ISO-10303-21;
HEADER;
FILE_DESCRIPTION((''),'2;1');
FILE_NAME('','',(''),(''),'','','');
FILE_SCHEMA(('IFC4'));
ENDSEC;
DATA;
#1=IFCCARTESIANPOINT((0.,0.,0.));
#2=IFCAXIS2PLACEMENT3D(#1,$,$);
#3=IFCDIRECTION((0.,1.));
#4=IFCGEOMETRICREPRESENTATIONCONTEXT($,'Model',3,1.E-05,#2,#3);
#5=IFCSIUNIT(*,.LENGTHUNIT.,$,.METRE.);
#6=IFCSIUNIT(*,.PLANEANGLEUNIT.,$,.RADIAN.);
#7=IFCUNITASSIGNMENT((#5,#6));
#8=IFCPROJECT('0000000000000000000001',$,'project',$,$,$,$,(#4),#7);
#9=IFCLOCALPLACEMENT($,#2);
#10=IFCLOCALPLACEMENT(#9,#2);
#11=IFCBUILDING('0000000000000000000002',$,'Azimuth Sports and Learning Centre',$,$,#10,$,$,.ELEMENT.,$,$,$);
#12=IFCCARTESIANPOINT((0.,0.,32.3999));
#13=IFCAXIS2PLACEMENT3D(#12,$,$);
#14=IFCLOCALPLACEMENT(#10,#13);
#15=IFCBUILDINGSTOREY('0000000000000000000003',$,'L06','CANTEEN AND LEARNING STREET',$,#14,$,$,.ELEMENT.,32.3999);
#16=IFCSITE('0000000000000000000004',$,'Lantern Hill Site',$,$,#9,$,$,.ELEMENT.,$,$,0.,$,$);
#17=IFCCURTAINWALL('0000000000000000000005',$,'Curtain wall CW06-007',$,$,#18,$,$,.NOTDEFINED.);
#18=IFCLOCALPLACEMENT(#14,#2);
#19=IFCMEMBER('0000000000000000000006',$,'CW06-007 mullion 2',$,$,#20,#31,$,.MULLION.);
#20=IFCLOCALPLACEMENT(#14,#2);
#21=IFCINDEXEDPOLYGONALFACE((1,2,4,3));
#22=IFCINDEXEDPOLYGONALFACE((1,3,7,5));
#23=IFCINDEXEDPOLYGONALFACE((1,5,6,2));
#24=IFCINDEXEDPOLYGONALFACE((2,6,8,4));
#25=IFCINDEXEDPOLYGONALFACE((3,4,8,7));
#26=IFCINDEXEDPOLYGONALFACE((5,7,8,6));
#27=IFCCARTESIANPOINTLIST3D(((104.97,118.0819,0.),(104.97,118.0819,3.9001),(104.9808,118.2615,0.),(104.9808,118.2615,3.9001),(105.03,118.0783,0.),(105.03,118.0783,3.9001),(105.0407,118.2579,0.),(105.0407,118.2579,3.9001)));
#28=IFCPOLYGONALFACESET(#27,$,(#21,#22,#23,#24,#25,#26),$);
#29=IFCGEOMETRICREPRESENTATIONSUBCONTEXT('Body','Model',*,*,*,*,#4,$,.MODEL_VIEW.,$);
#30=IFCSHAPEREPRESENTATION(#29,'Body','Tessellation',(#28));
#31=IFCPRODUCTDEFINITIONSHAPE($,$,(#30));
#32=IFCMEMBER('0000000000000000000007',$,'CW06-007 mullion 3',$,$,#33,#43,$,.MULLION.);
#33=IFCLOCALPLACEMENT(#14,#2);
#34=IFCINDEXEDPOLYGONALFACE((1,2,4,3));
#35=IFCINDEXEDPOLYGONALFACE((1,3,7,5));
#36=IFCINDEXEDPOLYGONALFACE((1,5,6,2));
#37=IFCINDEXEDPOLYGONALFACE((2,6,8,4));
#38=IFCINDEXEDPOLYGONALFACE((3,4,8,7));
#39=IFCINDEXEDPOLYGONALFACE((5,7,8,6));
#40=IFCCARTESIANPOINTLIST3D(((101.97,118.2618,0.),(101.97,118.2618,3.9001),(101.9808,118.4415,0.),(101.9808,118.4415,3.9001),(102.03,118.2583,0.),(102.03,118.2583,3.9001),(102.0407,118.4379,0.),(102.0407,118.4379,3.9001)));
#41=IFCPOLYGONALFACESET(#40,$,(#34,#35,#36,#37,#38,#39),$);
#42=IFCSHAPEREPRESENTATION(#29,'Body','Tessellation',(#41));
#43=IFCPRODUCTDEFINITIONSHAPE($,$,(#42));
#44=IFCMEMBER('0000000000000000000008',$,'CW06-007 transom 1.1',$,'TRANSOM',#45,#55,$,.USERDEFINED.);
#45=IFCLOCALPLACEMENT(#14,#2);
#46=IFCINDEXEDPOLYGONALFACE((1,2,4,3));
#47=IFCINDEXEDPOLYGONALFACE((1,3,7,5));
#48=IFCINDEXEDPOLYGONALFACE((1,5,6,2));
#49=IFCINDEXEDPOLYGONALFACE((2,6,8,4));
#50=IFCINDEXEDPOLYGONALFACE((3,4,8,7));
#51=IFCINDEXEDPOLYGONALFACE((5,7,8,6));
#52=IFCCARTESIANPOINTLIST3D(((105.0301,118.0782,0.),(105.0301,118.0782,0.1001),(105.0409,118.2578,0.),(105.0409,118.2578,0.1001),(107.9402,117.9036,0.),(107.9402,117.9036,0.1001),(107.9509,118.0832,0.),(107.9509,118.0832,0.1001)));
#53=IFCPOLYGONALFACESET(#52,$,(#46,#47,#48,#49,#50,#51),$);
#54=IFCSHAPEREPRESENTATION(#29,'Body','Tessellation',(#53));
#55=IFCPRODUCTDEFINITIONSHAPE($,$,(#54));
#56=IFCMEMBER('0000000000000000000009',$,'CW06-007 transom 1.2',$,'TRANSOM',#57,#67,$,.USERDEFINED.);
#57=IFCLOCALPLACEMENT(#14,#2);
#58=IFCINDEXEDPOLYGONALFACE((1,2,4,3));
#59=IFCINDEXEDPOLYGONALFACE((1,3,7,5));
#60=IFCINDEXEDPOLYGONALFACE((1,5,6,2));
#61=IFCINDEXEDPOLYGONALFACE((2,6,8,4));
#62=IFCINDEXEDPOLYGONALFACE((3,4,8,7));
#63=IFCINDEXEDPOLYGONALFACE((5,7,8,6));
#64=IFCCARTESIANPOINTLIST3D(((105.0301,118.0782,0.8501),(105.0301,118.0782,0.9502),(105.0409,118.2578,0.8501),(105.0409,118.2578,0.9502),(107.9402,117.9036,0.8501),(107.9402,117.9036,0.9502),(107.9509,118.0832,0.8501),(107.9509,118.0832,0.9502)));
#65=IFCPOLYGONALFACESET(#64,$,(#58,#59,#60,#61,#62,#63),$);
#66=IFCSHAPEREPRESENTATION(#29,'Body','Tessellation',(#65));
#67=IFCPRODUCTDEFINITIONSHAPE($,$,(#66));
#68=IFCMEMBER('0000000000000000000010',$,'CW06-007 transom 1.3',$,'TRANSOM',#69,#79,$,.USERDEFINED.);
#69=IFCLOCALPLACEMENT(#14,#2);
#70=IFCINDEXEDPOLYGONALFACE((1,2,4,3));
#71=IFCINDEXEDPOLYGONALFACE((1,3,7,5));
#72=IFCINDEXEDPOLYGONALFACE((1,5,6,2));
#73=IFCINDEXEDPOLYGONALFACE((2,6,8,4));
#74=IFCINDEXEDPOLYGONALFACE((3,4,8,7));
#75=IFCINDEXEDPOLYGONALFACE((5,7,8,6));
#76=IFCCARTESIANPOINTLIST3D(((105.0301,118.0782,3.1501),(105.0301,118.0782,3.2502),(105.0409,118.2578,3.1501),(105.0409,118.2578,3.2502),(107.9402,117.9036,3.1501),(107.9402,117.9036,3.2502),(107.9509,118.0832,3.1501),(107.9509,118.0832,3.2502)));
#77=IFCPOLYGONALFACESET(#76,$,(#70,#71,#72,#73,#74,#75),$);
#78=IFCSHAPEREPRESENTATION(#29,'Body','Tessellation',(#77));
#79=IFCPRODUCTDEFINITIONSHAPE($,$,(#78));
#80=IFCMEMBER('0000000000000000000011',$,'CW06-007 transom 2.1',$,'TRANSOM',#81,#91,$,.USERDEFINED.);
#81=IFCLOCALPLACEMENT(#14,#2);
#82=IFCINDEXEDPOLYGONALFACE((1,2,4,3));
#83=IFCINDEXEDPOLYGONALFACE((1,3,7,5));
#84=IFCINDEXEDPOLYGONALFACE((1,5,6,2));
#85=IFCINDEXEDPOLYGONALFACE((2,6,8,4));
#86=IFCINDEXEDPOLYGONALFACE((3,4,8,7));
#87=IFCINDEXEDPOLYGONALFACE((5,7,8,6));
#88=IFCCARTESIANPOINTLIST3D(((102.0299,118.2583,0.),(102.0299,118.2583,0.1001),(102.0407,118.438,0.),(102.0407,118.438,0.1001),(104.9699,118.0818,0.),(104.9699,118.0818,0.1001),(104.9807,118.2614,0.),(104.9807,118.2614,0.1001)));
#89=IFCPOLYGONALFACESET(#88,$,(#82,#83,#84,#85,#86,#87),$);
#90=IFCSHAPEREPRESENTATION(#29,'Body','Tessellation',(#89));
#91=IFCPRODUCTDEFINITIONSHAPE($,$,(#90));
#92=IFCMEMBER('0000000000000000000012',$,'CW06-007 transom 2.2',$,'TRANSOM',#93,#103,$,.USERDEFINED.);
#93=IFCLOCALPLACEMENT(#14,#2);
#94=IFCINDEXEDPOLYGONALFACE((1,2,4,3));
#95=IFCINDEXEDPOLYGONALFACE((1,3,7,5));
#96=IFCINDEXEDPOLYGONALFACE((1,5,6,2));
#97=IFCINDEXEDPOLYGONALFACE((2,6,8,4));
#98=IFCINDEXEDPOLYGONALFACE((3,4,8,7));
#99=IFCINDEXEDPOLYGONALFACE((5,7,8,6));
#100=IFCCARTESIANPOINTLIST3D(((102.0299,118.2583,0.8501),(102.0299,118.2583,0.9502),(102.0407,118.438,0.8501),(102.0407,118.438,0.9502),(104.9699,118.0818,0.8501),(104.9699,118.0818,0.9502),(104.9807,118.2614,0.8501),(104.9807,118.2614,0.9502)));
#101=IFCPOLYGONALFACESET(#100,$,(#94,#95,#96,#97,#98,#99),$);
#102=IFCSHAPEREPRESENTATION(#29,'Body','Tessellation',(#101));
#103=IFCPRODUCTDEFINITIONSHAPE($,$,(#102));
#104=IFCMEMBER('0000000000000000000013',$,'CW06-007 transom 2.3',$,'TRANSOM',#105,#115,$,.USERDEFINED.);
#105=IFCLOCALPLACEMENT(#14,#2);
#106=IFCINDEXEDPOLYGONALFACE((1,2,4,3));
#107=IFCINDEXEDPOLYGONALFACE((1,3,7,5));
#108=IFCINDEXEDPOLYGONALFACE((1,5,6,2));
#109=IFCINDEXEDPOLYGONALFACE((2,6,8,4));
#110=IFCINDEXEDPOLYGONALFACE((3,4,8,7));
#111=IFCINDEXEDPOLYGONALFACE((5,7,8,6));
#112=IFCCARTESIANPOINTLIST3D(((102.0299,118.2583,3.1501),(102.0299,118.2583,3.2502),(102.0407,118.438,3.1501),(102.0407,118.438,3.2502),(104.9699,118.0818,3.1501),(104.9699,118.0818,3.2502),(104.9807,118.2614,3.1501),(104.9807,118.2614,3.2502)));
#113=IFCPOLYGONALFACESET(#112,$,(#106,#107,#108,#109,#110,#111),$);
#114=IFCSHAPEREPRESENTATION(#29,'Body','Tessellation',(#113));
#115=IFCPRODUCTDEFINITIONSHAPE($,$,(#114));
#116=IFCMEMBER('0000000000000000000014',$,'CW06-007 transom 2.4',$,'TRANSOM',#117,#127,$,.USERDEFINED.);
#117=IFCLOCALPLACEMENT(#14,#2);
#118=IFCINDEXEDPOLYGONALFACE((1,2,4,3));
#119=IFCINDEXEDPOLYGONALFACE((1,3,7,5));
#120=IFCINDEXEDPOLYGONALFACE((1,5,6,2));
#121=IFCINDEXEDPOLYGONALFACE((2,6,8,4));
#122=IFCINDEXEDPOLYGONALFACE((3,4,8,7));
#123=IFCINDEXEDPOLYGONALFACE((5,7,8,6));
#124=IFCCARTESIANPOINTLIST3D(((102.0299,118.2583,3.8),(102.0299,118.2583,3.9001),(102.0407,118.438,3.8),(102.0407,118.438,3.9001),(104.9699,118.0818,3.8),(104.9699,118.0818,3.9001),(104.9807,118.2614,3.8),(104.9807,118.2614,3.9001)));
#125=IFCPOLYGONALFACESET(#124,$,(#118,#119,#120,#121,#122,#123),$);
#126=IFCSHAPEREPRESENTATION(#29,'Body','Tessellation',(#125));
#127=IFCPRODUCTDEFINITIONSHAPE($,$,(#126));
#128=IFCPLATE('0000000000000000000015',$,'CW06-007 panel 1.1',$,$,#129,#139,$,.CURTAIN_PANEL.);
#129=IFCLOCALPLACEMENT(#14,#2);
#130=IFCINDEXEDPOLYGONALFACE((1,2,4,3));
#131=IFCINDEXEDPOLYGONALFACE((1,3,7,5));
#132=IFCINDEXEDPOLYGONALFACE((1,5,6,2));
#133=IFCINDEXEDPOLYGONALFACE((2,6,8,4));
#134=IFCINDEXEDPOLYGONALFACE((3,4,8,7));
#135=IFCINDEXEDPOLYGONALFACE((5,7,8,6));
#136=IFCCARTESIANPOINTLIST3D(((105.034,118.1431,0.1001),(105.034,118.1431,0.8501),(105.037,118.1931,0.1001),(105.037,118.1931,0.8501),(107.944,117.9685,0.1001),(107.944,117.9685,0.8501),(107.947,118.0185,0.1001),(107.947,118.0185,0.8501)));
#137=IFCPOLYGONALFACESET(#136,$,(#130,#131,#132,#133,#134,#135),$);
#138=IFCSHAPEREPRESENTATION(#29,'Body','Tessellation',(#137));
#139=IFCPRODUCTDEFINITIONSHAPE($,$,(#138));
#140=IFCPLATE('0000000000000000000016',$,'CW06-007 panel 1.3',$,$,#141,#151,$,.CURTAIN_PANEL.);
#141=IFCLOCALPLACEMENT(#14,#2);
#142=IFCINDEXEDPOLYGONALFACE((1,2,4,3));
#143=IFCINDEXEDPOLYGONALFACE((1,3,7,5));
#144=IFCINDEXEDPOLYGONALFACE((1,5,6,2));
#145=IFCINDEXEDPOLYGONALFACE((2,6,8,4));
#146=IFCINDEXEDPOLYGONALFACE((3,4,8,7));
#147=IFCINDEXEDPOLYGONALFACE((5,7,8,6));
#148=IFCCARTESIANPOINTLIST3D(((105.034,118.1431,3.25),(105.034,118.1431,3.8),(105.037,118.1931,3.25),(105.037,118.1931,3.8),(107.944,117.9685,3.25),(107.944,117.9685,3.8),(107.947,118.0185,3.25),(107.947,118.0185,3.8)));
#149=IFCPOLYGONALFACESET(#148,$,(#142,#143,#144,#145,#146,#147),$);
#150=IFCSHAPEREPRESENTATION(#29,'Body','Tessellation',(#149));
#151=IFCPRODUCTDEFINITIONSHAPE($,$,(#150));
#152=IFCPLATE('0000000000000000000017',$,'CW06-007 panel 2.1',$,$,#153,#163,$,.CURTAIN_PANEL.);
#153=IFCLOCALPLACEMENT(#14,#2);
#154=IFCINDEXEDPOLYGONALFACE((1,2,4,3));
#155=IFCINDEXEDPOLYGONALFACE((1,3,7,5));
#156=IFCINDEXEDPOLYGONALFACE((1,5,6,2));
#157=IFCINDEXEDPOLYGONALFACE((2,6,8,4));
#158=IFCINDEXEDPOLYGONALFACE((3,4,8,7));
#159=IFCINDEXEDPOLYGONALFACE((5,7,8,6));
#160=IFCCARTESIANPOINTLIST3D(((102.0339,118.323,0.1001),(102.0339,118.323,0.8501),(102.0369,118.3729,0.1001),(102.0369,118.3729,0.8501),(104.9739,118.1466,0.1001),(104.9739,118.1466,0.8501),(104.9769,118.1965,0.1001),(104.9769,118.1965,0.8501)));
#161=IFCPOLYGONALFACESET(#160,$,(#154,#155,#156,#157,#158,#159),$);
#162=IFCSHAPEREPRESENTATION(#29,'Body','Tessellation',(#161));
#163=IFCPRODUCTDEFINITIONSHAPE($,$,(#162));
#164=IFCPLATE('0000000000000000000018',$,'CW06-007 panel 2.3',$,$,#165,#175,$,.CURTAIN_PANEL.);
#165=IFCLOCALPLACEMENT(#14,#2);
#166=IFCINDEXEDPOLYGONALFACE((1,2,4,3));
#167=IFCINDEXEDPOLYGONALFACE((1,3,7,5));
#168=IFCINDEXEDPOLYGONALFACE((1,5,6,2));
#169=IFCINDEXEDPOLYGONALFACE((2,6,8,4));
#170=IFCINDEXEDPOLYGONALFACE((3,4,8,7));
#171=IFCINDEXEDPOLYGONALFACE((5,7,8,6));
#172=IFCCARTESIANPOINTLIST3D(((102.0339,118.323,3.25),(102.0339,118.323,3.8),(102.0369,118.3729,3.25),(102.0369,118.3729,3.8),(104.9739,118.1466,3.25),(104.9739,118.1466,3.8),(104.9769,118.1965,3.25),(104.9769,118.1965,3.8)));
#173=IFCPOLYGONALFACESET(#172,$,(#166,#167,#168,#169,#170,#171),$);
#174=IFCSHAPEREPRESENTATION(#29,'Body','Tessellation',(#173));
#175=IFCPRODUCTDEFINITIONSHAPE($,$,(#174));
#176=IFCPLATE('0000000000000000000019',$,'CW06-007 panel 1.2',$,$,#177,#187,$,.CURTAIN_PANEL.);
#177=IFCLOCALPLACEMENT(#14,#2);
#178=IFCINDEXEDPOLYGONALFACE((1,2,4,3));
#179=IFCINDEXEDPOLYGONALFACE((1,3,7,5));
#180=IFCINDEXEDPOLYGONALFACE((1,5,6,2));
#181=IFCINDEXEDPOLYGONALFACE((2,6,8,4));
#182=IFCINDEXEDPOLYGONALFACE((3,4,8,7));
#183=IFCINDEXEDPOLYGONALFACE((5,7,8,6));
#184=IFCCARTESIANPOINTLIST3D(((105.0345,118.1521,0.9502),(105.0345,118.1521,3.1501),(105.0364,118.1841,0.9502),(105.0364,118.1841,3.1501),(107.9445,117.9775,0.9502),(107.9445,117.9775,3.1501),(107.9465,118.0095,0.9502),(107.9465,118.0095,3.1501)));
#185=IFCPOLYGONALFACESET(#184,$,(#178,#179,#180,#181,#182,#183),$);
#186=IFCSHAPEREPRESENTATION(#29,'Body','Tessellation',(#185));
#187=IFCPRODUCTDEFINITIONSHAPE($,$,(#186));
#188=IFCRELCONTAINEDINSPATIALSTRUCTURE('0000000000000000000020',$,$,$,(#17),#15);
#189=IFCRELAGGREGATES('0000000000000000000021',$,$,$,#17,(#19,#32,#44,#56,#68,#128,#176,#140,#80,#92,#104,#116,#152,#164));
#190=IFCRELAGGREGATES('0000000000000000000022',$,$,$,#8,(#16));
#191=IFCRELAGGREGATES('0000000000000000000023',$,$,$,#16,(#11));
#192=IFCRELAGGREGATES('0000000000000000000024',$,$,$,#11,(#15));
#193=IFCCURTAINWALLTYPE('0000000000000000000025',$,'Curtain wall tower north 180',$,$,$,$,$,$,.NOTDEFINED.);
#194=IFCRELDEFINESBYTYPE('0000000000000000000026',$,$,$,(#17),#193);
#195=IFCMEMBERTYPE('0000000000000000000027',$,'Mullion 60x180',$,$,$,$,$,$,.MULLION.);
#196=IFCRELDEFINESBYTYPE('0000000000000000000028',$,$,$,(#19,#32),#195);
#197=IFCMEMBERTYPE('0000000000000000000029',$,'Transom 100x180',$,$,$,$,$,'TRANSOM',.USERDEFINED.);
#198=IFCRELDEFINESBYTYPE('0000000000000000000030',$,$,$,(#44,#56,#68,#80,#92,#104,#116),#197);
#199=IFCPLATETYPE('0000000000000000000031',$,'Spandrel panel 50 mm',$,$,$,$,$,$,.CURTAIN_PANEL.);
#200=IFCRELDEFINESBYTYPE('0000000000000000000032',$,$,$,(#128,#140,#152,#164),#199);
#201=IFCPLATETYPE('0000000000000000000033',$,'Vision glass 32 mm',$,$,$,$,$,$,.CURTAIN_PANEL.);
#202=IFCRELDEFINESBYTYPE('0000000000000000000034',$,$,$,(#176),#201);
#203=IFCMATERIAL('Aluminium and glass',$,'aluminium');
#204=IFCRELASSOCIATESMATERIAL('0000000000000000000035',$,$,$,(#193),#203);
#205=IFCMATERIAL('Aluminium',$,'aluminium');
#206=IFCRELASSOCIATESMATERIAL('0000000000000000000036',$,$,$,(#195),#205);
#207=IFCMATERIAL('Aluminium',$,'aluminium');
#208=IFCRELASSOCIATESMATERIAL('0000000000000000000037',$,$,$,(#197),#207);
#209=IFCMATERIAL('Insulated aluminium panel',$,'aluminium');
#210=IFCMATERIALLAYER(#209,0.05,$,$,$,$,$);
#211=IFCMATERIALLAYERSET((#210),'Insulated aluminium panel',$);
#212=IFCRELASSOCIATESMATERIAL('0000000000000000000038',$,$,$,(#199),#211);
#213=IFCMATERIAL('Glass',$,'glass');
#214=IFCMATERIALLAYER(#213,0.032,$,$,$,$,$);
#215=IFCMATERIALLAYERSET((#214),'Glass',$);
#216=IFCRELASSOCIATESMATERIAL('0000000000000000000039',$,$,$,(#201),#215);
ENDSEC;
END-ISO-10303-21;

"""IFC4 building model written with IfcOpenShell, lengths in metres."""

from ifc_helpers import new_model, si_unit, direction, frame, origin, origin_2d, place, context, subcontext, project, spatial, rectangle, extrude, material, layer, layer_set, material_profile, profile_set, type_object, element, aggregate, save


model = new_model("IFC4")

# Units and contexts
model_context = context("Model", 3, precision=1e-05, world=origin(), true_north=direction((0.0, 1.0)))
body_context = subcontext(model_context, "Body", "Model", "MODEL_VIEW")
ifc_project = project(units=[si_unit("LENGTHUNIT", "METRE"), si_unit("PLANEANGLEUNIT", "RADIAN")], contexts=[model_context])

# Site, building, storey
site_placement = place(None, origin())
site = spatial("IfcSite", under=ifc_project, at=site_placement, Name="Lantern Hill Site", CompositionType="ELEMENT", RefElevation=0.0)
building_placement = place(site_placement, origin())
building = spatial("IfcBuilding", under=site, at=building_placement, Name="Azimuth Sports and Learning Centre", CompositionType="ELEMENT")
storey_placement = place(building_placement, frame((0.0, 0.0, 32.3999)))
storey = spatial("IfcBuildingStorey", under=building, at=storey_placement, Name="L06", Description="CANTEEN AND LEARNING STREET", CompositionType="ELEMENT", Elevation=32.3999)

# Curtain wall, members, plates
ifc_material_1 = material(Name="Aluminium and glass", Category="aluminium")
curtain_wall_type = type_object("IfcCurtainWallType", Name="Curtain wall tower north 180", PredefinedType="NOTDEFINED", material=ifc_material_1)
curtain_wall_placement = place(storey_placement, origin())
curtain_wall = element("IfcCurtainWall", 1, at=curtain_wall_placement, inside=storey, type_object=curtain_wall_type, Name="Curtain wall CW06-007", PredefinedType="NOTDEFINED")
ifc_material_2 = material(Name="Aluminium", Category="aluminium")
ifc_material_profile_1 = material_profile(ifc_material_2, rectangle(XDim=0.1799, YDim=0.0601, at=origin_2d()), Name="Mullion 60x180")
ifc_profile_set_1 = profile_set([ifc_material_profile_1], Name="Aluminium")
member_type_1 = type_object("IfcMemberType", Name="Mullion 60x180", PredefinedType="MULLION", material=ifc_profile_set_1)
member_1_placement = place(storey_placement, frame((105.0054, 118.1699, 0.0), z_axis=(0.0, 0.0, 1.0), x_axis=(-0.059892, -0.998205, 0.0)))
member_1 = element("IfcMember", 2, at=member_1_placement, type_object=member_type_1, Name="CW06-007 mullion 2", PredefinedType="MULLION", context=body_context, shape_type="SweptSolid", body=[
    extrude(rectangle(XDim=0.1799, YDim=0.0601, at=origin_2d()), origin(), (0.0, 0.0, 1.0), 3.9001),
])
member_2_placement = place(storey_placement, frame((102.0054, 118.3499, 0.0), z_axis=(0.0, 0.0, 1.0), x_axis=(-0.059892, -0.998205, 0.0)))
member_2 = element("IfcMember", 3, at=member_2_placement, type_object=member_type_1, Name="CW06-007 mullion 3", PredefinedType="MULLION", context=body_context, shape_type="SweptSolid", body=[
    extrude(rectangle(XDim=0.1799, YDim=0.0601, at=origin_2d()), origin(), (0.0, 0.0, 1.0), 3.9001),
])
ifc_material_3 = material(Name="Aluminium", Category="aluminium")
ifc_material_profile_2 = material_profile(ifc_material_3, rectangle(XDim=0.1799, YDim=0.1001, at=origin_2d()), Name="Transom 100x180")
ifc_profile_set_2 = profile_set([ifc_material_profile_2], Name="Aluminium")
member_type_2 = type_object("IfcMemberType", Name="Transom 100x180", ElementType="TRANSOM", PredefinedType="USERDEFINED", material=ifc_profile_set_2)
member_3_placement = place(storey_placement, frame((107.9456, 117.9934, 0.05), z_axis=(-0.998206, 0.059876, 0.0), x_axis=(-0.059876, -0.998206, 0.0)))
member_3 = element("IfcMember", 4, at=member_3_placement, type_object=member_type_2, Name="CW06-007 transom 1.1", ObjectType="TRANSOM", PredefinedType="USERDEFINED", context=body_context, shape_type="SweptSolid", body=[
    extrude(rectangle(XDim=0.1799, YDim=0.1001, at=origin_2d()), origin(), (0.0, 0.0, 1.0), 2.9153),
])
member_4_placement = place(storey_placement, frame((107.9456, 117.9934, 0.9001), z_axis=(-0.998206, 0.059876, 0.0), x_axis=(-0.059876, -0.998206, 0.0)))
member_4 = element("IfcMember", 5, at=member_4_placement, type_object=member_type_2, Name="CW06-007 transom 1.2", ObjectType="TRANSOM", PredefinedType="USERDEFINED", context=body_context, shape_type="SweptSolid", body=[
    extrude(rectangle(XDim=0.1799, YDim=0.1001, at=origin_2d()), origin(), (0.0, 0.0, 1.0), 2.9153),
])
member_5_placement = place(storey_placement, frame((107.9456, 117.9934, 3.2002), z_axis=(-0.998206, 0.059876, 0.0), x_axis=(-0.059876, -0.998206, 0.0)))
member_5 = element("IfcMember", 6, at=member_5_placement, type_object=member_type_2, Name="CW06-007 transom 1.3", ObjectType="TRANSOM", PredefinedType="USERDEFINED", context=body_context, shape_type="SweptSolid", body=[
    extrude(rectangle(XDim=0.1799, YDim=0.1001, at=origin_2d()), origin(), (0.0, 0.0, 1.0), 2.9153),
])
member_6_placement = place(storey_placement, frame((104.9753, 118.1716, 0.05), z_axis=(-0.998202, 0.059932, 0.0), x_axis=(-0.059932, -0.998202, 0.0)))
member_6 = element("IfcMember", 7, at=member_6_placement, type_object=member_type_2, Name="CW06-007 transom 2.1", ObjectType="TRANSOM", PredefinedType="USERDEFINED", context=body_context, shape_type="SweptSolid", body=[
    extrude(rectangle(XDim=0.1799, YDim=0.1001, at=origin_2d()), origin(), (0.0, 0.0, 1.0), 2.9453),
])
member_7_placement = place(storey_placement, frame((104.9753, 118.1716, 0.9001), z_axis=(-0.998202, 0.059932, 0.0), x_axis=(-0.059932, -0.998202, 0.0)))
member_7 = element("IfcMember", 8, at=member_7_placement, type_object=member_type_2, Name="CW06-007 transom 2.2", ObjectType="TRANSOM", PredefinedType="USERDEFINED", context=body_context, shape_type="SweptSolid", body=[
    extrude(rectangle(XDim=0.1799, YDim=0.1001, at=origin_2d()), origin(), (0.0, 0.0, 1.0), 2.9453),
])
member_8_placement = place(storey_placement, frame((104.9753, 118.1716, 3.2002), z_axis=(-0.998202, 0.059932, 0.0), x_axis=(-0.059932, -0.998202, 0.0)))
member_8 = element("IfcMember", 9, at=member_8_placement, type_object=member_type_2, Name="CW06-007 transom 2.3", ObjectType="TRANSOM", PredefinedType="USERDEFINED", context=body_context, shape_type="SweptSolid", body=[
    extrude(rectangle(XDim=0.1799, YDim=0.1001, at=origin_2d()), origin(), (0.0, 0.0, 1.0), 2.9453),
])
member_9_placement = place(storey_placement, frame((104.9753, 118.1716, 3.8501), z_axis=(-0.998202, 0.059932, 0.0), x_axis=(-0.059932, -0.998202, 0.0)))
member_9 = element("IfcMember", 10, at=member_9_placement, type_object=member_type_2, Name="CW06-007 transom 2.4", ObjectType="TRANSOM", PredefinedType="USERDEFINED", context=body_context, shape_type="SweptSolid", body=[
    extrude(rectangle(XDim=0.1799, YDim=0.1001, at=origin_2d()), origin(), (0.0, 0.0, 1.0), 2.9453),
])
ifc_material_4 = material(Name="Insulated aluminium panel", Category="aluminium")
ifc_layer_1 = layer(ifc_material_4, 0.05)
ifc_layer_set_1 = layer_set([ifc_layer_1], Name="Insulated aluminium panel")
plate_type_1 = type_object("IfcPlateType", Name="Spandrel panel 50 mm", PredefinedType="CURTAIN_PANEL", material=ifc_layer_set_1)
plate_1_placement = place(storey_placement, frame((106.4905, 118.0808, 0.1001), z_axis=(0.0, 0.0, 1.0), x_axis=(-0.998205, 0.059892, 0.0)))
plate_1 = element("IfcPlate", 11, at=plate_1_placement, type_object=plate_type_1, Name="CW06-007 panel 1.1", PredefinedType="CURTAIN_PANEL", context=body_context, shape_type="SweptSolid", body=[
    extrude(rectangle(XDim=2.9153, YDim=0.05, at=origin_2d()), origin(), (0.0, 0.0, 1.0), 0.75),
])
plate_2_placement = place(storey_placement, frame((106.4905, 118.0808, 3.25), z_axis=(0.0, 0.0, 1.0), x_axis=(-0.998205, 0.059892, 0.0)))
plate_2 = element("IfcPlate", 12, at=plate_2_placement, type_object=plate_type_1, Name="CW06-007 panel 1.3", PredefinedType="CURTAIN_PANEL", context=body_context, shape_type="SweptSolid", body=[
    extrude(rectangle(XDim=2.9153, YDim=0.05, at=origin_2d()), origin(), (0.0, 0.0, 1.0), 0.55),
])
plate_3_placement = place(storey_placement, frame((103.5054, 118.2598, 0.1001), z_axis=(0.0, 0.0, 1.0), x_axis=(-0.998205, 0.059892, 0.0)))
plate_3 = element("IfcPlate", 13, at=plate_3_placement, type_object=plate_type_1, Name="CW06-007 panel 2.1", PredefinedType="CURTAIN_PANEL", context=body_context, shape_type="SweptSolid", body=[
    extrude(rectangle(XDim=2.9453, YDim=0.05, at=origin_2d()), origin(), (0.0, 0.0, 1.0), 0.75),
])
plate_4_placement = place(storey_placement, frame((103.5054, 118.2598, 3.25), z_axis=(0.0, 0.0, 1.0), x_axis=(-0.998205, 0.059892, 0.0)))
plate_4 = element("IfcPlate", 14, at=plate_4_placement, type_object=plate_type_1, Name="CW06-007 panel 2.3", PredefinedType="CURTAIN_PANEL", context=body_context, shape_type="SweptSolid", body=[
    extrude(rectangle(XDim=2.9453, YDim=0.05, at=origin_2d()), origin(), (0.0, 0.0, 1.0), 0.55),
])
ifc_material_5 = material(Name="Glass", Category="glass")
ifc_layer_2 = layer(ifc_material_5, 0.032)
ifc_layer_set_2 = layer_set([ifc_layer_2], Name="Glass")
plate_type_2 = type_object("IfcPlateType", Name="Vision glass 32 mm", PredefinedType="CURTAIN_PANEL", material=ifc_layer_set_2)
plate_5_placement = place(storey_placement, frame((106.4905, 118.0808, 0.9502), z_axis=(0.0, 0.0, 1.0), x_axis=(-0.998205, 0.059892, 0.0)))
plate_5 = element("IfcPlate", 15, at=plate_5_placement, type_object=plate_type_2, Name="CW06-007 panel 1.2", PredefinedType="CURTAIN_PANEL", context=body_context, shape_type="SweptSolid", body=[
    extrude(rectangle(XDim=2.9153, YDim=0.032, at=origin_2d()), origin(), (0.0, 0.0, 1.0), 2.2),
])
aggregate(curtain_wall, [member_1, member_2, member_3, member_4, member_5, plate_1, plate_5, plate_2, member_6, member_7, member_8, member_9, plate_3, plate_4])

save(model, "model.ifc")
